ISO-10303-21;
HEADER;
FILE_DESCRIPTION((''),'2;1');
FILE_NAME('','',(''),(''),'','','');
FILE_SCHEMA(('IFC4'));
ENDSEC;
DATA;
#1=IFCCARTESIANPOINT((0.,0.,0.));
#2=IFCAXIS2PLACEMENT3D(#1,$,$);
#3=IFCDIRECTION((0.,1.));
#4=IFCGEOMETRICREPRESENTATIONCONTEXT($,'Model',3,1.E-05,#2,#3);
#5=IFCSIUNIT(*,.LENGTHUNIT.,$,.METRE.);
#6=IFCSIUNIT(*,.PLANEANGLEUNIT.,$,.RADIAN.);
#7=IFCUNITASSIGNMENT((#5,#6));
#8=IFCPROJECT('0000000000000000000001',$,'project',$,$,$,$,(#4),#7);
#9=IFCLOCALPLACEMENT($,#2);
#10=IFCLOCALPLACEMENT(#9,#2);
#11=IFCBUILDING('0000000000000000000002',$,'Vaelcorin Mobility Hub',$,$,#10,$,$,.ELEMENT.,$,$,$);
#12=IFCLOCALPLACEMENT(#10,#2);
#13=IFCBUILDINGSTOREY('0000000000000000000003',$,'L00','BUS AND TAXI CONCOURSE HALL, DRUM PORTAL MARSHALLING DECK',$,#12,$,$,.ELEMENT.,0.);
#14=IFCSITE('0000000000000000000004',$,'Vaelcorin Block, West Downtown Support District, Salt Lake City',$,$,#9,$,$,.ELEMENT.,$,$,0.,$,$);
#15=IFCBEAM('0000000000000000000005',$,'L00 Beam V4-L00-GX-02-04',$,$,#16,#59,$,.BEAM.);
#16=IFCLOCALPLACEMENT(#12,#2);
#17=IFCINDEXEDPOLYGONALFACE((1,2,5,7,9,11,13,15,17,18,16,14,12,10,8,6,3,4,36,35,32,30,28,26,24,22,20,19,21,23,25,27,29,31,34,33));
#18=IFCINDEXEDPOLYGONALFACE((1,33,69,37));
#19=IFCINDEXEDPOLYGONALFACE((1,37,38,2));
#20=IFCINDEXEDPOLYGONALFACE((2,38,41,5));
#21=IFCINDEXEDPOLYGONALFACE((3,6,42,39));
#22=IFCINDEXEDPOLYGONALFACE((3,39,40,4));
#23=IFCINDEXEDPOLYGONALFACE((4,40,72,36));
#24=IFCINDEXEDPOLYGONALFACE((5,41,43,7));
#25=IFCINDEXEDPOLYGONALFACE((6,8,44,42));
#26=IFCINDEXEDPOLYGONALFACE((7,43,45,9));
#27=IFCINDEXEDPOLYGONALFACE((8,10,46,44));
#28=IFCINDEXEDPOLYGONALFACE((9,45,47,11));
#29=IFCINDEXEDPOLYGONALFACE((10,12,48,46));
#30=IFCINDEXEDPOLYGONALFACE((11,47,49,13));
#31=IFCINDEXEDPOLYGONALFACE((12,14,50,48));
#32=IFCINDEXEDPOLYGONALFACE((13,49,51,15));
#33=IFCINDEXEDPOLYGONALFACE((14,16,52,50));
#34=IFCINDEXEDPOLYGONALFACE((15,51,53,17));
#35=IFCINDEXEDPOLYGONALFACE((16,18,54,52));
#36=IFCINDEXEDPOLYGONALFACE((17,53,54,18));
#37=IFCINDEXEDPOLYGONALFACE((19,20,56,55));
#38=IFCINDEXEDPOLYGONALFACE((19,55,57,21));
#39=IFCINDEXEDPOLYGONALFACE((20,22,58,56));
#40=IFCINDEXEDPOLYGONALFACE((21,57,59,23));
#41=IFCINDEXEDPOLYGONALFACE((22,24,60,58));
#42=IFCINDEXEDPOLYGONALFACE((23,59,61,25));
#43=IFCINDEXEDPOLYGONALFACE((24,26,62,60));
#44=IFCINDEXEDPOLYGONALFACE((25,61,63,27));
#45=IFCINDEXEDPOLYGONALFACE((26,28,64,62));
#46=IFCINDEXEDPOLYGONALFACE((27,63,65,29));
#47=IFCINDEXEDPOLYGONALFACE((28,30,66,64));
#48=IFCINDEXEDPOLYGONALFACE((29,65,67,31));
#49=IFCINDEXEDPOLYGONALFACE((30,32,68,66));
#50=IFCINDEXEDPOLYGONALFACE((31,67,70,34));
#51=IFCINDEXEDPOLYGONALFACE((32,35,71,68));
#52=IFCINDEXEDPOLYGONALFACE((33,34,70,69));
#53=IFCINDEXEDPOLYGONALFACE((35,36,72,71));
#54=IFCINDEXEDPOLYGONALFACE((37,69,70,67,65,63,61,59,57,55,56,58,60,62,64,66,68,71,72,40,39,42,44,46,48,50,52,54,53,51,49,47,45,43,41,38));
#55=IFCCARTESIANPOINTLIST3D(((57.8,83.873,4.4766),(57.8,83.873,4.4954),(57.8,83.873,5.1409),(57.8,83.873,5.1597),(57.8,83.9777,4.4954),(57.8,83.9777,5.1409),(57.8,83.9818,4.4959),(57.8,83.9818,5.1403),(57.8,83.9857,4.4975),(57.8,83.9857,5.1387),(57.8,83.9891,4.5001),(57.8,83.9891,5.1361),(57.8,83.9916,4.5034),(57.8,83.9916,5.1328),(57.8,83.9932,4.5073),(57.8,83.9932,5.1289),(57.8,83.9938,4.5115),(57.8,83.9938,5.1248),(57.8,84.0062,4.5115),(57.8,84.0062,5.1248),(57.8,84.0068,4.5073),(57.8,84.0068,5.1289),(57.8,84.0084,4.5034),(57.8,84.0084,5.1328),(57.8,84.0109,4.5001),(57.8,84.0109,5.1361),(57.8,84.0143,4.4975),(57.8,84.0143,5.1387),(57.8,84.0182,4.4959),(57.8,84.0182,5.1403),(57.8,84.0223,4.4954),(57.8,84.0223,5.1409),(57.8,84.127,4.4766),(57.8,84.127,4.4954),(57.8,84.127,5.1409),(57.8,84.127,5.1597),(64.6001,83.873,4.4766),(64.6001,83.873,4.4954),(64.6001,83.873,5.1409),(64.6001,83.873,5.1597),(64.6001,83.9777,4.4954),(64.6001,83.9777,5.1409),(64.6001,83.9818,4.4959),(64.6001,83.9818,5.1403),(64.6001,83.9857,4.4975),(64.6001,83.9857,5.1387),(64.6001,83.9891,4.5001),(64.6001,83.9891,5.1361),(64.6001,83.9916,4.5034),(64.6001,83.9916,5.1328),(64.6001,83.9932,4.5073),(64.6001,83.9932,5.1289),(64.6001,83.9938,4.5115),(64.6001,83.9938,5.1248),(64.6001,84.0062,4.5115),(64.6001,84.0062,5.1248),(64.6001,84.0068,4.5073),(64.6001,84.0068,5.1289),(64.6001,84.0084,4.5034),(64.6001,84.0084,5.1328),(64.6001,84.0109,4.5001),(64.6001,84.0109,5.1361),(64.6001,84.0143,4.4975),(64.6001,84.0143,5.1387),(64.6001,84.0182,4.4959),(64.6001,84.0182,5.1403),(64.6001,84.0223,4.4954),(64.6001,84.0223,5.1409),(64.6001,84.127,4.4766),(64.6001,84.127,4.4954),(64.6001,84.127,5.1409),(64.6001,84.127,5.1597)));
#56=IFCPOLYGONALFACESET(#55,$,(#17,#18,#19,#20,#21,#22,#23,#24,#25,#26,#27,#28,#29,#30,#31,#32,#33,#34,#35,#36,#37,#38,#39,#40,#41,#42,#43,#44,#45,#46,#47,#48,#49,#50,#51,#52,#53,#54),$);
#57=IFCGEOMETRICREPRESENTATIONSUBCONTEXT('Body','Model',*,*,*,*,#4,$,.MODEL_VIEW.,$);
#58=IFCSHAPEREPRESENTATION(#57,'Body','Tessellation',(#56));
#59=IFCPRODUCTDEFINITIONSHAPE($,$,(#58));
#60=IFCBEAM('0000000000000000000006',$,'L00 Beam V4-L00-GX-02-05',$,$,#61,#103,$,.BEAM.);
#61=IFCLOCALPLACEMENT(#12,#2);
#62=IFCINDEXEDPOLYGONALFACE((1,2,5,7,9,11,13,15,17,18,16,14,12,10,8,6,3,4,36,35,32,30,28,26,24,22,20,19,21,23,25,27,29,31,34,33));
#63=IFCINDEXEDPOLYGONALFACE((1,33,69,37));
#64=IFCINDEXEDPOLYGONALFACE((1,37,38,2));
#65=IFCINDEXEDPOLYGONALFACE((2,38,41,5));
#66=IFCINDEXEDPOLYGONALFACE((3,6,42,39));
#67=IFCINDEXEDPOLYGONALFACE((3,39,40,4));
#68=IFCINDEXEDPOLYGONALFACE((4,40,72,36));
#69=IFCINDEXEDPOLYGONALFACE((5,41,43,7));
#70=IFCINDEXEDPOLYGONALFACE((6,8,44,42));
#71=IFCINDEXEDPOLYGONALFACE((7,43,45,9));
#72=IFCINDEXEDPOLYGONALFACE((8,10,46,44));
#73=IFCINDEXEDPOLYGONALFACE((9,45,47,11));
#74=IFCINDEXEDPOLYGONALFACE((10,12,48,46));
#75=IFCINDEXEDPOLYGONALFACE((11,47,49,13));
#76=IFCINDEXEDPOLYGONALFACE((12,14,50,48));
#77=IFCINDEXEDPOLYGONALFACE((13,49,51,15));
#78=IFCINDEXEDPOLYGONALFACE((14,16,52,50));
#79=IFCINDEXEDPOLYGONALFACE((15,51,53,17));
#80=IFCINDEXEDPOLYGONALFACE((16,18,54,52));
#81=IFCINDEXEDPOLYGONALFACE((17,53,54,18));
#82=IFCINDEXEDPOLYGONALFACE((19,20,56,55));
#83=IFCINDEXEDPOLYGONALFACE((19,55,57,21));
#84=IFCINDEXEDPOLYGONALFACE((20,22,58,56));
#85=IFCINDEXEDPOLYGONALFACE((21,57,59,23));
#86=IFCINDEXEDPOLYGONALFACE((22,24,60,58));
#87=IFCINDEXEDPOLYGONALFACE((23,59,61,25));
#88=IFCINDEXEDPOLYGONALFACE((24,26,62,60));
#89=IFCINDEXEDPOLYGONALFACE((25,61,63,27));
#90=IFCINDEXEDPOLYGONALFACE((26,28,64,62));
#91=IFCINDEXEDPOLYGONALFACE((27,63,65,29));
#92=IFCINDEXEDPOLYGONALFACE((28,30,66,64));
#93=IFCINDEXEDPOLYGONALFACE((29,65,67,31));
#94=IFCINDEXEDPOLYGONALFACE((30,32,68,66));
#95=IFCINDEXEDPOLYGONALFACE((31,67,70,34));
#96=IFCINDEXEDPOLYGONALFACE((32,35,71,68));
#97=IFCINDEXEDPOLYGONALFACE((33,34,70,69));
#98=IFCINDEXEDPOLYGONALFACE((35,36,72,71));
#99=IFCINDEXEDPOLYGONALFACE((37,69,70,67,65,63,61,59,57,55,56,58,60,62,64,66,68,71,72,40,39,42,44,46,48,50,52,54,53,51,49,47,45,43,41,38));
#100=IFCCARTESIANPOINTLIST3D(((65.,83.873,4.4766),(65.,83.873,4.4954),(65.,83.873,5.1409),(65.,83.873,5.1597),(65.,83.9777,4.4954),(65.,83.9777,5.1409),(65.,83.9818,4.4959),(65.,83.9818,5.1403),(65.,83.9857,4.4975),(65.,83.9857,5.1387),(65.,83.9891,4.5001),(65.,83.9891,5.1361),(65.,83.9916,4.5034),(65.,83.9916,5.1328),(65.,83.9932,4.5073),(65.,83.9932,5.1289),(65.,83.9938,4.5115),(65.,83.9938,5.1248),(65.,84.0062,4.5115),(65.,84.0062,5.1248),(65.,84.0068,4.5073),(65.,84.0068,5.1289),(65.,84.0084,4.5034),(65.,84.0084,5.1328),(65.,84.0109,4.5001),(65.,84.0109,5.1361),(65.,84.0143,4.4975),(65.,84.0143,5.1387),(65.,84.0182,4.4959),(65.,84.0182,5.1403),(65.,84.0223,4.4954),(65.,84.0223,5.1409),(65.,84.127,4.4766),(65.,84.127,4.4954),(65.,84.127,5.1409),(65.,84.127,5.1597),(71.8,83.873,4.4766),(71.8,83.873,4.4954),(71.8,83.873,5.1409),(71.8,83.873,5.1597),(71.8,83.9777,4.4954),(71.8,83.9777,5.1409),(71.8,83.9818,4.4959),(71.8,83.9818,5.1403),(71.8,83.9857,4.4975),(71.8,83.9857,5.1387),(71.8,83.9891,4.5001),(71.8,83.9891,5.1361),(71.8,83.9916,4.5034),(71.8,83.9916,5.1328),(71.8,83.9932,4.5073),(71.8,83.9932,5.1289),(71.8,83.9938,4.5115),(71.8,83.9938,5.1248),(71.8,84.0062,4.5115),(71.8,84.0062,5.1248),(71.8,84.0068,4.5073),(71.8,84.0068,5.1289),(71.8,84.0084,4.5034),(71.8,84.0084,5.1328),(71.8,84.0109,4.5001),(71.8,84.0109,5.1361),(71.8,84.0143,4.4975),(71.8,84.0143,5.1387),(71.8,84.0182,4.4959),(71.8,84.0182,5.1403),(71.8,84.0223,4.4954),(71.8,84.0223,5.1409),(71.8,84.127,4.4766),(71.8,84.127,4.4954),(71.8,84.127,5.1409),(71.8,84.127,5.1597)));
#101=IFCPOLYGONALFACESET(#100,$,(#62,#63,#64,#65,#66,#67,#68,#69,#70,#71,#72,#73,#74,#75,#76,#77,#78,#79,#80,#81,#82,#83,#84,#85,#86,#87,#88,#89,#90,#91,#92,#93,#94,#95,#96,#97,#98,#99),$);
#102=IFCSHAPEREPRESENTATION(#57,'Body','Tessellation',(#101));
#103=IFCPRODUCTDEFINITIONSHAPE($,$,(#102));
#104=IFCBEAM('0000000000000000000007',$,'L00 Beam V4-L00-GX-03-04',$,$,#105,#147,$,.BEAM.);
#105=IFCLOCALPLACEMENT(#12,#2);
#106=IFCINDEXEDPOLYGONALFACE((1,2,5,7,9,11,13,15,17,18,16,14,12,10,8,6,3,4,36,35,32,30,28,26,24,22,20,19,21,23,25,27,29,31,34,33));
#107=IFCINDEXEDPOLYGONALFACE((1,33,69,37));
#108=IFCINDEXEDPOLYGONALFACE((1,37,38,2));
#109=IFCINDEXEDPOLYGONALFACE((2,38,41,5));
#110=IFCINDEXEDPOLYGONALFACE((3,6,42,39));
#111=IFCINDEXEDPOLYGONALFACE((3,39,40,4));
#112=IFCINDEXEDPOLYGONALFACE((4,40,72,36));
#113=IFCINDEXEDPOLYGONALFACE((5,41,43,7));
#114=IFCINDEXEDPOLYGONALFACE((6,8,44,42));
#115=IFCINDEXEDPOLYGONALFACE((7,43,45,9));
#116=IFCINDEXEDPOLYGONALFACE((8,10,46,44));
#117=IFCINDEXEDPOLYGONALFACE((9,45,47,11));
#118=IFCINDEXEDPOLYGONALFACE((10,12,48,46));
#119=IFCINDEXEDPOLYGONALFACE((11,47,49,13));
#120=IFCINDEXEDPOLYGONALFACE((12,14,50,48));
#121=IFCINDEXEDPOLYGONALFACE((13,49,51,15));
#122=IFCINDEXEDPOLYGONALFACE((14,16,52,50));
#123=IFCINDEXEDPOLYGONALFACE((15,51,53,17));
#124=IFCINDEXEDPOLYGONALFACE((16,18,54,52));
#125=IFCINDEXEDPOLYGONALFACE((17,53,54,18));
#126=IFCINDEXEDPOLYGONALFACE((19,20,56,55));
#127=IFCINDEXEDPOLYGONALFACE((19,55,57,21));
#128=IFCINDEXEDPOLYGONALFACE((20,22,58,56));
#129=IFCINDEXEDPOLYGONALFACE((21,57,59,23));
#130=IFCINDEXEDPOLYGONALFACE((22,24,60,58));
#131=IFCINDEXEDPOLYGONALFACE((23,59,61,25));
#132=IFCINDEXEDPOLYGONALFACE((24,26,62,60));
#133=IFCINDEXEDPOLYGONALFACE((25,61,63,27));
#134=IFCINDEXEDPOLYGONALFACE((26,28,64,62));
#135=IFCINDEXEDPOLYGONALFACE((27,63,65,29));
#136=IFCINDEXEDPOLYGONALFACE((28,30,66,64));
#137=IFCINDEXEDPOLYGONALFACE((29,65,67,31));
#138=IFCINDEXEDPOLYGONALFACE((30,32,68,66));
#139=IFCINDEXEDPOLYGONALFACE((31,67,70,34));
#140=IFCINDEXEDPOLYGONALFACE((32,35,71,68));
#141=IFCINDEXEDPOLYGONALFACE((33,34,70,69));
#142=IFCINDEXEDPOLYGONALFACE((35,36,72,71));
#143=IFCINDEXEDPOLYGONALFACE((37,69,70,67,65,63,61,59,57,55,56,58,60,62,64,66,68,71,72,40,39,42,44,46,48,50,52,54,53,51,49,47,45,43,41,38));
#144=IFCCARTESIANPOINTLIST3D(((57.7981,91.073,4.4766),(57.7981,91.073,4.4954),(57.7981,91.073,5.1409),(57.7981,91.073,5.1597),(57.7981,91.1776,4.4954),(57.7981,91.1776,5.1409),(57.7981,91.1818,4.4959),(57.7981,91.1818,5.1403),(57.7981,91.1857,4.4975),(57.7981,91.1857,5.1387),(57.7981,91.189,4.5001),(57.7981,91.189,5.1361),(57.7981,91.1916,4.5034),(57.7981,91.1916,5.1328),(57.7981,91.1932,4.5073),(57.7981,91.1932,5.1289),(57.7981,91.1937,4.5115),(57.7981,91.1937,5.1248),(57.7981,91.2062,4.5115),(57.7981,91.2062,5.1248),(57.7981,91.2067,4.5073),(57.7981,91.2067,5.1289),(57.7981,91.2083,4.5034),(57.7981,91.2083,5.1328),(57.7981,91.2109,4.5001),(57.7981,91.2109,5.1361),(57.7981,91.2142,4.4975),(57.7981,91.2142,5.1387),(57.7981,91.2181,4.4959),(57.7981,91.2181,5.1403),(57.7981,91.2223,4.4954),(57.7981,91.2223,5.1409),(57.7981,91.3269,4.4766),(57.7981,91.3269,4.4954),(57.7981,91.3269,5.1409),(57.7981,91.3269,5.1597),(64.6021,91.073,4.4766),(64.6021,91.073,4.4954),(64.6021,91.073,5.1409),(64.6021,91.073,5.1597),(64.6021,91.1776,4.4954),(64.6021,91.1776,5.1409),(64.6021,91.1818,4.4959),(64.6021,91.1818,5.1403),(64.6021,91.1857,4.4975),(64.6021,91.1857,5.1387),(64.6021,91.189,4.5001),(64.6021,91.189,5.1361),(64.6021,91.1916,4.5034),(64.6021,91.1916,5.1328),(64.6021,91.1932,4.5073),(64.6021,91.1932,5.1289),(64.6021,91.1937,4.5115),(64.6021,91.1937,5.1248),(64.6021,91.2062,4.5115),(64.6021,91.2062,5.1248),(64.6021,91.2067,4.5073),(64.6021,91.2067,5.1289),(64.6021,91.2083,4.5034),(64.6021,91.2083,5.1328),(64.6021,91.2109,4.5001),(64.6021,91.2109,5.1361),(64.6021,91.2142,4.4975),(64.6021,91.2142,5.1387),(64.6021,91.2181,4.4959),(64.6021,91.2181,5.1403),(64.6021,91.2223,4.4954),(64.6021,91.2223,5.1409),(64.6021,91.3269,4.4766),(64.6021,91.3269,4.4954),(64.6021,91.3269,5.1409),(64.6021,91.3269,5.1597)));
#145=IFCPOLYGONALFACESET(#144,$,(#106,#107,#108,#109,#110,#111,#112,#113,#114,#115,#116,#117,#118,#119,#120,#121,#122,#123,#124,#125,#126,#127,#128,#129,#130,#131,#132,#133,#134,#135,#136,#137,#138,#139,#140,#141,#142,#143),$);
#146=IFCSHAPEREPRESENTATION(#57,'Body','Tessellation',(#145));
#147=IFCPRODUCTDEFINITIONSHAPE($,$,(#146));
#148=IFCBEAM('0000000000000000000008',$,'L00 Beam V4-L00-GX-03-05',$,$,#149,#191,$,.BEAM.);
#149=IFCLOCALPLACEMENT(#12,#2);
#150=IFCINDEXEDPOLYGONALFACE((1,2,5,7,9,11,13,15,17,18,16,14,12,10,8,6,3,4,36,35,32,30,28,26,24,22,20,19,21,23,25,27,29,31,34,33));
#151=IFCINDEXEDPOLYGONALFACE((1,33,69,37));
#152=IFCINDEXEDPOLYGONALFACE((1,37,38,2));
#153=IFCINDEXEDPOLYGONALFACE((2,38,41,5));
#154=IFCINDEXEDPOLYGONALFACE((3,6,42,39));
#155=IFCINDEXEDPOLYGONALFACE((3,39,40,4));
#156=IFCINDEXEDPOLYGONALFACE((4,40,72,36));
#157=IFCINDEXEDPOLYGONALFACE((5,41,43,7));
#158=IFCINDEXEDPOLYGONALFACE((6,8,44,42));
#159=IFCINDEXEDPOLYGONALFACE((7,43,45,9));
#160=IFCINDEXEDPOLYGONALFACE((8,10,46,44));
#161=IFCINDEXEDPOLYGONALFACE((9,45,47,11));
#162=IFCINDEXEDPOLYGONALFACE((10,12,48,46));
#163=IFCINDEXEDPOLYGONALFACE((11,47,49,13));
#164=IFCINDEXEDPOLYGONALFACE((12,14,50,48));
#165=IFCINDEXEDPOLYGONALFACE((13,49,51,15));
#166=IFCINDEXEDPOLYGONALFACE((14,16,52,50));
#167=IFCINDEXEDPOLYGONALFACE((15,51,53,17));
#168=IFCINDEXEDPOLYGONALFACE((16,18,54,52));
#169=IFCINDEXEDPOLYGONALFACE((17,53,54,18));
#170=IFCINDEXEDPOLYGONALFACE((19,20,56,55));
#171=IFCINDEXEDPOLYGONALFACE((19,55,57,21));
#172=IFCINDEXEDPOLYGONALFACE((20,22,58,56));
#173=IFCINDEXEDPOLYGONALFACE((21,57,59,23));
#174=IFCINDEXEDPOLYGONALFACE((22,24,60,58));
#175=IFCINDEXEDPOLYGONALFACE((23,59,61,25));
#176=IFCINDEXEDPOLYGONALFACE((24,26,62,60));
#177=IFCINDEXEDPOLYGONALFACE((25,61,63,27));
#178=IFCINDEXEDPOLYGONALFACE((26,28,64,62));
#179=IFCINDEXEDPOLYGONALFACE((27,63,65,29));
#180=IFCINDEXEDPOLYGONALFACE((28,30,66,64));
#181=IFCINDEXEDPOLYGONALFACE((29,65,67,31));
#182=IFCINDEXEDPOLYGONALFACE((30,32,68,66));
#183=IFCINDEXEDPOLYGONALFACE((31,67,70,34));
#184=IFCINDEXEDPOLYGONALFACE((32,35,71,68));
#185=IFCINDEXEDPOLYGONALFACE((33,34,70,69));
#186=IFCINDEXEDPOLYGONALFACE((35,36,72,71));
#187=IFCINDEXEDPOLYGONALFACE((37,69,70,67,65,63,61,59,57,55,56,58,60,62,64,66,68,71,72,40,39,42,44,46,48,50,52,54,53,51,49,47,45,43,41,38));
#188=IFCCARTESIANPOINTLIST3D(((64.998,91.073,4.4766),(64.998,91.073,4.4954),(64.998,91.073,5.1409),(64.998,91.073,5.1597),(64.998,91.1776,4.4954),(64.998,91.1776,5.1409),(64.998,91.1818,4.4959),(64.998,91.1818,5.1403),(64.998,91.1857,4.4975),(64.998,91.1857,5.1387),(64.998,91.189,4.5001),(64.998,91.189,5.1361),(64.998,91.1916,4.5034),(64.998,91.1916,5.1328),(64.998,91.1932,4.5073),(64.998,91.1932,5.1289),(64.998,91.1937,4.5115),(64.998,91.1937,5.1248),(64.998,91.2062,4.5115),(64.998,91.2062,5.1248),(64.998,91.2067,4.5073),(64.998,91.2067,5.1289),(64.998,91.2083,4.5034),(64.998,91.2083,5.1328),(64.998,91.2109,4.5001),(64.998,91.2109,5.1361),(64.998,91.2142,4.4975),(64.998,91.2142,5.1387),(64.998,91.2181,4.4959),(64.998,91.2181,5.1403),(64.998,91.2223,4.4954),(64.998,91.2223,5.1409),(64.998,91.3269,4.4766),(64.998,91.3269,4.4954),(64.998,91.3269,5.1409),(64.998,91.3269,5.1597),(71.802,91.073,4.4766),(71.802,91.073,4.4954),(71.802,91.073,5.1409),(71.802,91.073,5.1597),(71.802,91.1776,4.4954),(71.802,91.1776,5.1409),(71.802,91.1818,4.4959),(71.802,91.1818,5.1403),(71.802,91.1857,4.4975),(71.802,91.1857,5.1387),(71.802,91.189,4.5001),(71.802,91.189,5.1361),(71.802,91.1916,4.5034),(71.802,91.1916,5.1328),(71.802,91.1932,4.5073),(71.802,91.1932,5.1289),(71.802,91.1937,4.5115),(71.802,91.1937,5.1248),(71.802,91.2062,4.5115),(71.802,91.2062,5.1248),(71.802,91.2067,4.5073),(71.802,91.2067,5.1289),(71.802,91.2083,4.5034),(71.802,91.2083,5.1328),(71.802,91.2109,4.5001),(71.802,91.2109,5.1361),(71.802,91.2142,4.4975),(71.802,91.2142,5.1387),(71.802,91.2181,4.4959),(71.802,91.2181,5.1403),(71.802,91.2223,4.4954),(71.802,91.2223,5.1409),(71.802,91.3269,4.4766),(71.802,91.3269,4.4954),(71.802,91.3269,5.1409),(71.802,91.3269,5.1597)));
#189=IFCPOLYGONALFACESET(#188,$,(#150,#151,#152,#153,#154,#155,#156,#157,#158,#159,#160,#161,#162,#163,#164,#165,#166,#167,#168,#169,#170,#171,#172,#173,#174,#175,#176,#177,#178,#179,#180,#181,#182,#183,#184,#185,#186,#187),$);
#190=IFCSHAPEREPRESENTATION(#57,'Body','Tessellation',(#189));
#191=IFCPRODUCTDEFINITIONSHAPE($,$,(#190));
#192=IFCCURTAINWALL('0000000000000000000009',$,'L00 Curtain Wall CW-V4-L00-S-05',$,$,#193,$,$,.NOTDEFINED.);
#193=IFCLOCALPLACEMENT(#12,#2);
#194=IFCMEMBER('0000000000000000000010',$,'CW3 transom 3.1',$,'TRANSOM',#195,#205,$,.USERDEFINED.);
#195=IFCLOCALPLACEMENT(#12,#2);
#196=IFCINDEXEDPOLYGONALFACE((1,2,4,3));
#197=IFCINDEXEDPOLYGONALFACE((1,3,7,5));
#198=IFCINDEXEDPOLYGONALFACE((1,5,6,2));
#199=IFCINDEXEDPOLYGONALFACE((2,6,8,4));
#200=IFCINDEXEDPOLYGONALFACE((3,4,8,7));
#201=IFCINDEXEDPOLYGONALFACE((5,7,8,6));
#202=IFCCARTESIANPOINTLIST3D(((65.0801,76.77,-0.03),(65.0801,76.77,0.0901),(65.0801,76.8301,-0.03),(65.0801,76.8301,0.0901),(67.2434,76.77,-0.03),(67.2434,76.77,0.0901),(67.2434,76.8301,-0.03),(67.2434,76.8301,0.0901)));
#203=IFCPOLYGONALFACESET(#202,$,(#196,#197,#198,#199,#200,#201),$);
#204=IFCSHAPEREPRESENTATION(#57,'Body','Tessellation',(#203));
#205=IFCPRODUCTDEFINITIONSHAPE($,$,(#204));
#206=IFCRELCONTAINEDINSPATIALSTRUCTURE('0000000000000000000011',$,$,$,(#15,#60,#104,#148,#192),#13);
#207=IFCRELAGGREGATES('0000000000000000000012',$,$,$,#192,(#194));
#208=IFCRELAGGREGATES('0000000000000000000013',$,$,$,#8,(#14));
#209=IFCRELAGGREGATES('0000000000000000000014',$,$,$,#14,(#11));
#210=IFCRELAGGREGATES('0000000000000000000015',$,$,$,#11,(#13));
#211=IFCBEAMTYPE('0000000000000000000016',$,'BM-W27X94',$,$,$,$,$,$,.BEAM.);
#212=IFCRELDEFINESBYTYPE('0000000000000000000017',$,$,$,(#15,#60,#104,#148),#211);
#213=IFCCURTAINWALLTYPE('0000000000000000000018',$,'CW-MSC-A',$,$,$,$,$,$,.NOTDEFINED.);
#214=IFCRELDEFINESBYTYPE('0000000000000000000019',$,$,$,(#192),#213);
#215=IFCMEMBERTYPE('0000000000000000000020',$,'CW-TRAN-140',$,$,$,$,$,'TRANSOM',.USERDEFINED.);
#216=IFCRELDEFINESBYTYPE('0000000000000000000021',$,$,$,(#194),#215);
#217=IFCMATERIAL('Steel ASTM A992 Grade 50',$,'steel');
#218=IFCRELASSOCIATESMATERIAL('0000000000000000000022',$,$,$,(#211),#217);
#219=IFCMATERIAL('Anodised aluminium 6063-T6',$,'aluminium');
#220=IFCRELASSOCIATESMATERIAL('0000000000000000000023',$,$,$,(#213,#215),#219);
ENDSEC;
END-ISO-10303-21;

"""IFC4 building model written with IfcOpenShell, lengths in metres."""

from ifc_helpers import new_model, si_unit, direction, frame, origin, origin_2d, place, context, subcontext, project, spatial, rectangle, i_section, extrude, material, material_profile, profile_set, type_object, element, aggregate, save


model = new_model("IFC4")

# Units and contexts
model_context = context("Model", 3, precision=1e-05, world=origin(), true_north=direction((0.0, 1.0)))
body_context = subcontext(model_context, "Body", "Model", "MODEL_VIEW")
ifc_project = project(units=[si_unit("LENGTHUNIT", "METRE"), si_unit("PLANEANGLEUNIT", "RADIAN")], contexts=[model_context])

# Site, building, storey
site_placement = place(None, origin())
site = spatial("IfcSite", under=ifc_project, at=site_placement, Name="Vaelcorin Block, West Downtown Support District, Salt Lake City", CompositionType="ELEMENT", RefElevation=0.0)
building_placement = place(site_placement, origin())
building = spatial("IfcBuilding", under=site, at=building_placement, Name="Vaelcorin Mobility Hub", CompositionType="ELEMENT")
storey_placement = place(building_placement, origin())
storey = spatial("IfcBuildingStorey", under=building, at=storey_placement, Name="L00", Description="BUS AND TAXI CONCOURSE HALL, DRUM PORTAL MARSHALLING DECK", CompositionType="ELEMENT", Elevation=0.0)

# Shared definitions
ifc_material_1 = material(Name="Steel ASTM A992 Grade 50", Category="steel")

# Beams
ifc_material_profile_1 = material_profile(ifc_material_1, i_section(OverallWidth=0.2539, OverallDepth=0.6831, WebThickness=0.0125, FlangeThickness=0.0188, FilletRadius=0.0161, at=origin_2d()), Name="W27X94")
ifc_profile_set_1 = profile_set([ifc_material_profile_1], Name="Steel ASTM A992 Grade 50")
beam_type_1 = type_object("IfcBeamType", Name="BM-W27X94", PredefinedType="BEAM", material=ifc_profile_set_1)
for number, where, z_axis, x_axis, name in (
    (1, (57.8, 84.0, 4.8181), (1.0, 0.0, 0.0), (0.0, 1.0, 0.0), "L00 Beam V4-L00-GX-02-04"),
    (2, (65.0, 84.0, 4.8181), (1.0, 0.0, 0.0), (0.0, 1.0, 0.0), "L00 Beam V4-L00-GX-02-05"),
):
    element("IfcBeam", number, at=place(storey_placement, frame(where, z_axis=z_axis, x_axis=x_axis)), inside=storey, type_object=beam_type_1, Name=name, PredefinedType="BEAM", context=body_context, shape_type="SweptSolid", body=[
        extrude(i_section(OverallWidth=0.2539, OverallDepth=0.6831, WebThickness=0.0125, FlangeThickness=0.0188, FilletRadius=0.0161, at=origin_2d()), origin(), (0.0, 0.0, 1.0), 6.8),
    ])
for number, where, z_axis, x_axis, name in (
    (3, (57.7981, 91.2, 4.8181), (1.0, 0.0, 0.0), (0.0, 1.0, 0.0), "L00 Beam V4-L00-GX-03-04"),
    (4, (64.998, 91.2, 4.8181), (1.0, 0.0, 0.0), (0.0, 1.0, 0.0), "L00 Beam V4-L00-GX-03-05"),
):
    element("IfcBeam", number, at=place(storey_placement, frame(where, z_axis=z_axis, x_axis=x_axis)), inside=storey, type_object=beam_type_1, Name=name, PredefinedType="BEAM", context=body_context, shape_type="SweptSolid", body=[
        extrude(i_section(OverallWidth=0.2539, OverallDepth=0.6831, WebThickness=0.0125, FlangeThickness=0.0188, FilletRadius=0.0161, at=origin_2d()), origin(), (0.0, 0.0, 1.0), 6.804),
    ])

# Curtain wall, member
ifc_material_2 = material(Name="Anodised aluminium 6063-T6", Category="aluminium")
curtain_wall_type = type_object("IfcCurtainWallType", Name="CW-MSC-A", PredefinedType="NOTDEFINED", material=ifc_material_2)
curtain_wall_placement = place(storey_placement, origin())
curtain_wall = element("IfcCurtainWall", 5, at=curtain_wall_placement, inside=storey, type_object=curtain_wall_type, Name="L00 Curtain Wall CW-V4-L00-S-05", PredefinedType="NOTDEFINED")
ifc_material_profile_2 = material_profile(ifc_material_2, rectangle(XDim=0.0601, YDim=0.1201, at=origin_2d()), Name="ALU-T60X120")
ifc_profile_set_2 = profile_set([ifc_material_profile_2], Name="Anodised aluminium 6063-T6")
member_type = type_object("IfcMemberType", Name="CW-TRAN-140", ElementType="TRANSOM", PredefinedType="USERDEFINED", material=ifc_profile_set_2)
member_placement = place(storey_placement, frame((67.2434, 76.8, 0.03), z_axis=(-1.0, 0.0, 0.0), x_axis=(0.0, -1.0, 0.0)))
member = element("IfcMember", 6, at=member_placement, type_object=member_type, Name="CW3 transom 3.1", ObjectType="TRANSOM", PredefinedType="USERDEFINED", context=body_context, shape_type="SweptSolid", body=[
    extrude(rectangle(XDim=0.0601, YDim=0.1201, at=origin_2d()), origin(), (0.0, 0.0, 1.0), 2.1633),
])
aggregate(curtain_wall, [member])

save(model, "model.ifc")
